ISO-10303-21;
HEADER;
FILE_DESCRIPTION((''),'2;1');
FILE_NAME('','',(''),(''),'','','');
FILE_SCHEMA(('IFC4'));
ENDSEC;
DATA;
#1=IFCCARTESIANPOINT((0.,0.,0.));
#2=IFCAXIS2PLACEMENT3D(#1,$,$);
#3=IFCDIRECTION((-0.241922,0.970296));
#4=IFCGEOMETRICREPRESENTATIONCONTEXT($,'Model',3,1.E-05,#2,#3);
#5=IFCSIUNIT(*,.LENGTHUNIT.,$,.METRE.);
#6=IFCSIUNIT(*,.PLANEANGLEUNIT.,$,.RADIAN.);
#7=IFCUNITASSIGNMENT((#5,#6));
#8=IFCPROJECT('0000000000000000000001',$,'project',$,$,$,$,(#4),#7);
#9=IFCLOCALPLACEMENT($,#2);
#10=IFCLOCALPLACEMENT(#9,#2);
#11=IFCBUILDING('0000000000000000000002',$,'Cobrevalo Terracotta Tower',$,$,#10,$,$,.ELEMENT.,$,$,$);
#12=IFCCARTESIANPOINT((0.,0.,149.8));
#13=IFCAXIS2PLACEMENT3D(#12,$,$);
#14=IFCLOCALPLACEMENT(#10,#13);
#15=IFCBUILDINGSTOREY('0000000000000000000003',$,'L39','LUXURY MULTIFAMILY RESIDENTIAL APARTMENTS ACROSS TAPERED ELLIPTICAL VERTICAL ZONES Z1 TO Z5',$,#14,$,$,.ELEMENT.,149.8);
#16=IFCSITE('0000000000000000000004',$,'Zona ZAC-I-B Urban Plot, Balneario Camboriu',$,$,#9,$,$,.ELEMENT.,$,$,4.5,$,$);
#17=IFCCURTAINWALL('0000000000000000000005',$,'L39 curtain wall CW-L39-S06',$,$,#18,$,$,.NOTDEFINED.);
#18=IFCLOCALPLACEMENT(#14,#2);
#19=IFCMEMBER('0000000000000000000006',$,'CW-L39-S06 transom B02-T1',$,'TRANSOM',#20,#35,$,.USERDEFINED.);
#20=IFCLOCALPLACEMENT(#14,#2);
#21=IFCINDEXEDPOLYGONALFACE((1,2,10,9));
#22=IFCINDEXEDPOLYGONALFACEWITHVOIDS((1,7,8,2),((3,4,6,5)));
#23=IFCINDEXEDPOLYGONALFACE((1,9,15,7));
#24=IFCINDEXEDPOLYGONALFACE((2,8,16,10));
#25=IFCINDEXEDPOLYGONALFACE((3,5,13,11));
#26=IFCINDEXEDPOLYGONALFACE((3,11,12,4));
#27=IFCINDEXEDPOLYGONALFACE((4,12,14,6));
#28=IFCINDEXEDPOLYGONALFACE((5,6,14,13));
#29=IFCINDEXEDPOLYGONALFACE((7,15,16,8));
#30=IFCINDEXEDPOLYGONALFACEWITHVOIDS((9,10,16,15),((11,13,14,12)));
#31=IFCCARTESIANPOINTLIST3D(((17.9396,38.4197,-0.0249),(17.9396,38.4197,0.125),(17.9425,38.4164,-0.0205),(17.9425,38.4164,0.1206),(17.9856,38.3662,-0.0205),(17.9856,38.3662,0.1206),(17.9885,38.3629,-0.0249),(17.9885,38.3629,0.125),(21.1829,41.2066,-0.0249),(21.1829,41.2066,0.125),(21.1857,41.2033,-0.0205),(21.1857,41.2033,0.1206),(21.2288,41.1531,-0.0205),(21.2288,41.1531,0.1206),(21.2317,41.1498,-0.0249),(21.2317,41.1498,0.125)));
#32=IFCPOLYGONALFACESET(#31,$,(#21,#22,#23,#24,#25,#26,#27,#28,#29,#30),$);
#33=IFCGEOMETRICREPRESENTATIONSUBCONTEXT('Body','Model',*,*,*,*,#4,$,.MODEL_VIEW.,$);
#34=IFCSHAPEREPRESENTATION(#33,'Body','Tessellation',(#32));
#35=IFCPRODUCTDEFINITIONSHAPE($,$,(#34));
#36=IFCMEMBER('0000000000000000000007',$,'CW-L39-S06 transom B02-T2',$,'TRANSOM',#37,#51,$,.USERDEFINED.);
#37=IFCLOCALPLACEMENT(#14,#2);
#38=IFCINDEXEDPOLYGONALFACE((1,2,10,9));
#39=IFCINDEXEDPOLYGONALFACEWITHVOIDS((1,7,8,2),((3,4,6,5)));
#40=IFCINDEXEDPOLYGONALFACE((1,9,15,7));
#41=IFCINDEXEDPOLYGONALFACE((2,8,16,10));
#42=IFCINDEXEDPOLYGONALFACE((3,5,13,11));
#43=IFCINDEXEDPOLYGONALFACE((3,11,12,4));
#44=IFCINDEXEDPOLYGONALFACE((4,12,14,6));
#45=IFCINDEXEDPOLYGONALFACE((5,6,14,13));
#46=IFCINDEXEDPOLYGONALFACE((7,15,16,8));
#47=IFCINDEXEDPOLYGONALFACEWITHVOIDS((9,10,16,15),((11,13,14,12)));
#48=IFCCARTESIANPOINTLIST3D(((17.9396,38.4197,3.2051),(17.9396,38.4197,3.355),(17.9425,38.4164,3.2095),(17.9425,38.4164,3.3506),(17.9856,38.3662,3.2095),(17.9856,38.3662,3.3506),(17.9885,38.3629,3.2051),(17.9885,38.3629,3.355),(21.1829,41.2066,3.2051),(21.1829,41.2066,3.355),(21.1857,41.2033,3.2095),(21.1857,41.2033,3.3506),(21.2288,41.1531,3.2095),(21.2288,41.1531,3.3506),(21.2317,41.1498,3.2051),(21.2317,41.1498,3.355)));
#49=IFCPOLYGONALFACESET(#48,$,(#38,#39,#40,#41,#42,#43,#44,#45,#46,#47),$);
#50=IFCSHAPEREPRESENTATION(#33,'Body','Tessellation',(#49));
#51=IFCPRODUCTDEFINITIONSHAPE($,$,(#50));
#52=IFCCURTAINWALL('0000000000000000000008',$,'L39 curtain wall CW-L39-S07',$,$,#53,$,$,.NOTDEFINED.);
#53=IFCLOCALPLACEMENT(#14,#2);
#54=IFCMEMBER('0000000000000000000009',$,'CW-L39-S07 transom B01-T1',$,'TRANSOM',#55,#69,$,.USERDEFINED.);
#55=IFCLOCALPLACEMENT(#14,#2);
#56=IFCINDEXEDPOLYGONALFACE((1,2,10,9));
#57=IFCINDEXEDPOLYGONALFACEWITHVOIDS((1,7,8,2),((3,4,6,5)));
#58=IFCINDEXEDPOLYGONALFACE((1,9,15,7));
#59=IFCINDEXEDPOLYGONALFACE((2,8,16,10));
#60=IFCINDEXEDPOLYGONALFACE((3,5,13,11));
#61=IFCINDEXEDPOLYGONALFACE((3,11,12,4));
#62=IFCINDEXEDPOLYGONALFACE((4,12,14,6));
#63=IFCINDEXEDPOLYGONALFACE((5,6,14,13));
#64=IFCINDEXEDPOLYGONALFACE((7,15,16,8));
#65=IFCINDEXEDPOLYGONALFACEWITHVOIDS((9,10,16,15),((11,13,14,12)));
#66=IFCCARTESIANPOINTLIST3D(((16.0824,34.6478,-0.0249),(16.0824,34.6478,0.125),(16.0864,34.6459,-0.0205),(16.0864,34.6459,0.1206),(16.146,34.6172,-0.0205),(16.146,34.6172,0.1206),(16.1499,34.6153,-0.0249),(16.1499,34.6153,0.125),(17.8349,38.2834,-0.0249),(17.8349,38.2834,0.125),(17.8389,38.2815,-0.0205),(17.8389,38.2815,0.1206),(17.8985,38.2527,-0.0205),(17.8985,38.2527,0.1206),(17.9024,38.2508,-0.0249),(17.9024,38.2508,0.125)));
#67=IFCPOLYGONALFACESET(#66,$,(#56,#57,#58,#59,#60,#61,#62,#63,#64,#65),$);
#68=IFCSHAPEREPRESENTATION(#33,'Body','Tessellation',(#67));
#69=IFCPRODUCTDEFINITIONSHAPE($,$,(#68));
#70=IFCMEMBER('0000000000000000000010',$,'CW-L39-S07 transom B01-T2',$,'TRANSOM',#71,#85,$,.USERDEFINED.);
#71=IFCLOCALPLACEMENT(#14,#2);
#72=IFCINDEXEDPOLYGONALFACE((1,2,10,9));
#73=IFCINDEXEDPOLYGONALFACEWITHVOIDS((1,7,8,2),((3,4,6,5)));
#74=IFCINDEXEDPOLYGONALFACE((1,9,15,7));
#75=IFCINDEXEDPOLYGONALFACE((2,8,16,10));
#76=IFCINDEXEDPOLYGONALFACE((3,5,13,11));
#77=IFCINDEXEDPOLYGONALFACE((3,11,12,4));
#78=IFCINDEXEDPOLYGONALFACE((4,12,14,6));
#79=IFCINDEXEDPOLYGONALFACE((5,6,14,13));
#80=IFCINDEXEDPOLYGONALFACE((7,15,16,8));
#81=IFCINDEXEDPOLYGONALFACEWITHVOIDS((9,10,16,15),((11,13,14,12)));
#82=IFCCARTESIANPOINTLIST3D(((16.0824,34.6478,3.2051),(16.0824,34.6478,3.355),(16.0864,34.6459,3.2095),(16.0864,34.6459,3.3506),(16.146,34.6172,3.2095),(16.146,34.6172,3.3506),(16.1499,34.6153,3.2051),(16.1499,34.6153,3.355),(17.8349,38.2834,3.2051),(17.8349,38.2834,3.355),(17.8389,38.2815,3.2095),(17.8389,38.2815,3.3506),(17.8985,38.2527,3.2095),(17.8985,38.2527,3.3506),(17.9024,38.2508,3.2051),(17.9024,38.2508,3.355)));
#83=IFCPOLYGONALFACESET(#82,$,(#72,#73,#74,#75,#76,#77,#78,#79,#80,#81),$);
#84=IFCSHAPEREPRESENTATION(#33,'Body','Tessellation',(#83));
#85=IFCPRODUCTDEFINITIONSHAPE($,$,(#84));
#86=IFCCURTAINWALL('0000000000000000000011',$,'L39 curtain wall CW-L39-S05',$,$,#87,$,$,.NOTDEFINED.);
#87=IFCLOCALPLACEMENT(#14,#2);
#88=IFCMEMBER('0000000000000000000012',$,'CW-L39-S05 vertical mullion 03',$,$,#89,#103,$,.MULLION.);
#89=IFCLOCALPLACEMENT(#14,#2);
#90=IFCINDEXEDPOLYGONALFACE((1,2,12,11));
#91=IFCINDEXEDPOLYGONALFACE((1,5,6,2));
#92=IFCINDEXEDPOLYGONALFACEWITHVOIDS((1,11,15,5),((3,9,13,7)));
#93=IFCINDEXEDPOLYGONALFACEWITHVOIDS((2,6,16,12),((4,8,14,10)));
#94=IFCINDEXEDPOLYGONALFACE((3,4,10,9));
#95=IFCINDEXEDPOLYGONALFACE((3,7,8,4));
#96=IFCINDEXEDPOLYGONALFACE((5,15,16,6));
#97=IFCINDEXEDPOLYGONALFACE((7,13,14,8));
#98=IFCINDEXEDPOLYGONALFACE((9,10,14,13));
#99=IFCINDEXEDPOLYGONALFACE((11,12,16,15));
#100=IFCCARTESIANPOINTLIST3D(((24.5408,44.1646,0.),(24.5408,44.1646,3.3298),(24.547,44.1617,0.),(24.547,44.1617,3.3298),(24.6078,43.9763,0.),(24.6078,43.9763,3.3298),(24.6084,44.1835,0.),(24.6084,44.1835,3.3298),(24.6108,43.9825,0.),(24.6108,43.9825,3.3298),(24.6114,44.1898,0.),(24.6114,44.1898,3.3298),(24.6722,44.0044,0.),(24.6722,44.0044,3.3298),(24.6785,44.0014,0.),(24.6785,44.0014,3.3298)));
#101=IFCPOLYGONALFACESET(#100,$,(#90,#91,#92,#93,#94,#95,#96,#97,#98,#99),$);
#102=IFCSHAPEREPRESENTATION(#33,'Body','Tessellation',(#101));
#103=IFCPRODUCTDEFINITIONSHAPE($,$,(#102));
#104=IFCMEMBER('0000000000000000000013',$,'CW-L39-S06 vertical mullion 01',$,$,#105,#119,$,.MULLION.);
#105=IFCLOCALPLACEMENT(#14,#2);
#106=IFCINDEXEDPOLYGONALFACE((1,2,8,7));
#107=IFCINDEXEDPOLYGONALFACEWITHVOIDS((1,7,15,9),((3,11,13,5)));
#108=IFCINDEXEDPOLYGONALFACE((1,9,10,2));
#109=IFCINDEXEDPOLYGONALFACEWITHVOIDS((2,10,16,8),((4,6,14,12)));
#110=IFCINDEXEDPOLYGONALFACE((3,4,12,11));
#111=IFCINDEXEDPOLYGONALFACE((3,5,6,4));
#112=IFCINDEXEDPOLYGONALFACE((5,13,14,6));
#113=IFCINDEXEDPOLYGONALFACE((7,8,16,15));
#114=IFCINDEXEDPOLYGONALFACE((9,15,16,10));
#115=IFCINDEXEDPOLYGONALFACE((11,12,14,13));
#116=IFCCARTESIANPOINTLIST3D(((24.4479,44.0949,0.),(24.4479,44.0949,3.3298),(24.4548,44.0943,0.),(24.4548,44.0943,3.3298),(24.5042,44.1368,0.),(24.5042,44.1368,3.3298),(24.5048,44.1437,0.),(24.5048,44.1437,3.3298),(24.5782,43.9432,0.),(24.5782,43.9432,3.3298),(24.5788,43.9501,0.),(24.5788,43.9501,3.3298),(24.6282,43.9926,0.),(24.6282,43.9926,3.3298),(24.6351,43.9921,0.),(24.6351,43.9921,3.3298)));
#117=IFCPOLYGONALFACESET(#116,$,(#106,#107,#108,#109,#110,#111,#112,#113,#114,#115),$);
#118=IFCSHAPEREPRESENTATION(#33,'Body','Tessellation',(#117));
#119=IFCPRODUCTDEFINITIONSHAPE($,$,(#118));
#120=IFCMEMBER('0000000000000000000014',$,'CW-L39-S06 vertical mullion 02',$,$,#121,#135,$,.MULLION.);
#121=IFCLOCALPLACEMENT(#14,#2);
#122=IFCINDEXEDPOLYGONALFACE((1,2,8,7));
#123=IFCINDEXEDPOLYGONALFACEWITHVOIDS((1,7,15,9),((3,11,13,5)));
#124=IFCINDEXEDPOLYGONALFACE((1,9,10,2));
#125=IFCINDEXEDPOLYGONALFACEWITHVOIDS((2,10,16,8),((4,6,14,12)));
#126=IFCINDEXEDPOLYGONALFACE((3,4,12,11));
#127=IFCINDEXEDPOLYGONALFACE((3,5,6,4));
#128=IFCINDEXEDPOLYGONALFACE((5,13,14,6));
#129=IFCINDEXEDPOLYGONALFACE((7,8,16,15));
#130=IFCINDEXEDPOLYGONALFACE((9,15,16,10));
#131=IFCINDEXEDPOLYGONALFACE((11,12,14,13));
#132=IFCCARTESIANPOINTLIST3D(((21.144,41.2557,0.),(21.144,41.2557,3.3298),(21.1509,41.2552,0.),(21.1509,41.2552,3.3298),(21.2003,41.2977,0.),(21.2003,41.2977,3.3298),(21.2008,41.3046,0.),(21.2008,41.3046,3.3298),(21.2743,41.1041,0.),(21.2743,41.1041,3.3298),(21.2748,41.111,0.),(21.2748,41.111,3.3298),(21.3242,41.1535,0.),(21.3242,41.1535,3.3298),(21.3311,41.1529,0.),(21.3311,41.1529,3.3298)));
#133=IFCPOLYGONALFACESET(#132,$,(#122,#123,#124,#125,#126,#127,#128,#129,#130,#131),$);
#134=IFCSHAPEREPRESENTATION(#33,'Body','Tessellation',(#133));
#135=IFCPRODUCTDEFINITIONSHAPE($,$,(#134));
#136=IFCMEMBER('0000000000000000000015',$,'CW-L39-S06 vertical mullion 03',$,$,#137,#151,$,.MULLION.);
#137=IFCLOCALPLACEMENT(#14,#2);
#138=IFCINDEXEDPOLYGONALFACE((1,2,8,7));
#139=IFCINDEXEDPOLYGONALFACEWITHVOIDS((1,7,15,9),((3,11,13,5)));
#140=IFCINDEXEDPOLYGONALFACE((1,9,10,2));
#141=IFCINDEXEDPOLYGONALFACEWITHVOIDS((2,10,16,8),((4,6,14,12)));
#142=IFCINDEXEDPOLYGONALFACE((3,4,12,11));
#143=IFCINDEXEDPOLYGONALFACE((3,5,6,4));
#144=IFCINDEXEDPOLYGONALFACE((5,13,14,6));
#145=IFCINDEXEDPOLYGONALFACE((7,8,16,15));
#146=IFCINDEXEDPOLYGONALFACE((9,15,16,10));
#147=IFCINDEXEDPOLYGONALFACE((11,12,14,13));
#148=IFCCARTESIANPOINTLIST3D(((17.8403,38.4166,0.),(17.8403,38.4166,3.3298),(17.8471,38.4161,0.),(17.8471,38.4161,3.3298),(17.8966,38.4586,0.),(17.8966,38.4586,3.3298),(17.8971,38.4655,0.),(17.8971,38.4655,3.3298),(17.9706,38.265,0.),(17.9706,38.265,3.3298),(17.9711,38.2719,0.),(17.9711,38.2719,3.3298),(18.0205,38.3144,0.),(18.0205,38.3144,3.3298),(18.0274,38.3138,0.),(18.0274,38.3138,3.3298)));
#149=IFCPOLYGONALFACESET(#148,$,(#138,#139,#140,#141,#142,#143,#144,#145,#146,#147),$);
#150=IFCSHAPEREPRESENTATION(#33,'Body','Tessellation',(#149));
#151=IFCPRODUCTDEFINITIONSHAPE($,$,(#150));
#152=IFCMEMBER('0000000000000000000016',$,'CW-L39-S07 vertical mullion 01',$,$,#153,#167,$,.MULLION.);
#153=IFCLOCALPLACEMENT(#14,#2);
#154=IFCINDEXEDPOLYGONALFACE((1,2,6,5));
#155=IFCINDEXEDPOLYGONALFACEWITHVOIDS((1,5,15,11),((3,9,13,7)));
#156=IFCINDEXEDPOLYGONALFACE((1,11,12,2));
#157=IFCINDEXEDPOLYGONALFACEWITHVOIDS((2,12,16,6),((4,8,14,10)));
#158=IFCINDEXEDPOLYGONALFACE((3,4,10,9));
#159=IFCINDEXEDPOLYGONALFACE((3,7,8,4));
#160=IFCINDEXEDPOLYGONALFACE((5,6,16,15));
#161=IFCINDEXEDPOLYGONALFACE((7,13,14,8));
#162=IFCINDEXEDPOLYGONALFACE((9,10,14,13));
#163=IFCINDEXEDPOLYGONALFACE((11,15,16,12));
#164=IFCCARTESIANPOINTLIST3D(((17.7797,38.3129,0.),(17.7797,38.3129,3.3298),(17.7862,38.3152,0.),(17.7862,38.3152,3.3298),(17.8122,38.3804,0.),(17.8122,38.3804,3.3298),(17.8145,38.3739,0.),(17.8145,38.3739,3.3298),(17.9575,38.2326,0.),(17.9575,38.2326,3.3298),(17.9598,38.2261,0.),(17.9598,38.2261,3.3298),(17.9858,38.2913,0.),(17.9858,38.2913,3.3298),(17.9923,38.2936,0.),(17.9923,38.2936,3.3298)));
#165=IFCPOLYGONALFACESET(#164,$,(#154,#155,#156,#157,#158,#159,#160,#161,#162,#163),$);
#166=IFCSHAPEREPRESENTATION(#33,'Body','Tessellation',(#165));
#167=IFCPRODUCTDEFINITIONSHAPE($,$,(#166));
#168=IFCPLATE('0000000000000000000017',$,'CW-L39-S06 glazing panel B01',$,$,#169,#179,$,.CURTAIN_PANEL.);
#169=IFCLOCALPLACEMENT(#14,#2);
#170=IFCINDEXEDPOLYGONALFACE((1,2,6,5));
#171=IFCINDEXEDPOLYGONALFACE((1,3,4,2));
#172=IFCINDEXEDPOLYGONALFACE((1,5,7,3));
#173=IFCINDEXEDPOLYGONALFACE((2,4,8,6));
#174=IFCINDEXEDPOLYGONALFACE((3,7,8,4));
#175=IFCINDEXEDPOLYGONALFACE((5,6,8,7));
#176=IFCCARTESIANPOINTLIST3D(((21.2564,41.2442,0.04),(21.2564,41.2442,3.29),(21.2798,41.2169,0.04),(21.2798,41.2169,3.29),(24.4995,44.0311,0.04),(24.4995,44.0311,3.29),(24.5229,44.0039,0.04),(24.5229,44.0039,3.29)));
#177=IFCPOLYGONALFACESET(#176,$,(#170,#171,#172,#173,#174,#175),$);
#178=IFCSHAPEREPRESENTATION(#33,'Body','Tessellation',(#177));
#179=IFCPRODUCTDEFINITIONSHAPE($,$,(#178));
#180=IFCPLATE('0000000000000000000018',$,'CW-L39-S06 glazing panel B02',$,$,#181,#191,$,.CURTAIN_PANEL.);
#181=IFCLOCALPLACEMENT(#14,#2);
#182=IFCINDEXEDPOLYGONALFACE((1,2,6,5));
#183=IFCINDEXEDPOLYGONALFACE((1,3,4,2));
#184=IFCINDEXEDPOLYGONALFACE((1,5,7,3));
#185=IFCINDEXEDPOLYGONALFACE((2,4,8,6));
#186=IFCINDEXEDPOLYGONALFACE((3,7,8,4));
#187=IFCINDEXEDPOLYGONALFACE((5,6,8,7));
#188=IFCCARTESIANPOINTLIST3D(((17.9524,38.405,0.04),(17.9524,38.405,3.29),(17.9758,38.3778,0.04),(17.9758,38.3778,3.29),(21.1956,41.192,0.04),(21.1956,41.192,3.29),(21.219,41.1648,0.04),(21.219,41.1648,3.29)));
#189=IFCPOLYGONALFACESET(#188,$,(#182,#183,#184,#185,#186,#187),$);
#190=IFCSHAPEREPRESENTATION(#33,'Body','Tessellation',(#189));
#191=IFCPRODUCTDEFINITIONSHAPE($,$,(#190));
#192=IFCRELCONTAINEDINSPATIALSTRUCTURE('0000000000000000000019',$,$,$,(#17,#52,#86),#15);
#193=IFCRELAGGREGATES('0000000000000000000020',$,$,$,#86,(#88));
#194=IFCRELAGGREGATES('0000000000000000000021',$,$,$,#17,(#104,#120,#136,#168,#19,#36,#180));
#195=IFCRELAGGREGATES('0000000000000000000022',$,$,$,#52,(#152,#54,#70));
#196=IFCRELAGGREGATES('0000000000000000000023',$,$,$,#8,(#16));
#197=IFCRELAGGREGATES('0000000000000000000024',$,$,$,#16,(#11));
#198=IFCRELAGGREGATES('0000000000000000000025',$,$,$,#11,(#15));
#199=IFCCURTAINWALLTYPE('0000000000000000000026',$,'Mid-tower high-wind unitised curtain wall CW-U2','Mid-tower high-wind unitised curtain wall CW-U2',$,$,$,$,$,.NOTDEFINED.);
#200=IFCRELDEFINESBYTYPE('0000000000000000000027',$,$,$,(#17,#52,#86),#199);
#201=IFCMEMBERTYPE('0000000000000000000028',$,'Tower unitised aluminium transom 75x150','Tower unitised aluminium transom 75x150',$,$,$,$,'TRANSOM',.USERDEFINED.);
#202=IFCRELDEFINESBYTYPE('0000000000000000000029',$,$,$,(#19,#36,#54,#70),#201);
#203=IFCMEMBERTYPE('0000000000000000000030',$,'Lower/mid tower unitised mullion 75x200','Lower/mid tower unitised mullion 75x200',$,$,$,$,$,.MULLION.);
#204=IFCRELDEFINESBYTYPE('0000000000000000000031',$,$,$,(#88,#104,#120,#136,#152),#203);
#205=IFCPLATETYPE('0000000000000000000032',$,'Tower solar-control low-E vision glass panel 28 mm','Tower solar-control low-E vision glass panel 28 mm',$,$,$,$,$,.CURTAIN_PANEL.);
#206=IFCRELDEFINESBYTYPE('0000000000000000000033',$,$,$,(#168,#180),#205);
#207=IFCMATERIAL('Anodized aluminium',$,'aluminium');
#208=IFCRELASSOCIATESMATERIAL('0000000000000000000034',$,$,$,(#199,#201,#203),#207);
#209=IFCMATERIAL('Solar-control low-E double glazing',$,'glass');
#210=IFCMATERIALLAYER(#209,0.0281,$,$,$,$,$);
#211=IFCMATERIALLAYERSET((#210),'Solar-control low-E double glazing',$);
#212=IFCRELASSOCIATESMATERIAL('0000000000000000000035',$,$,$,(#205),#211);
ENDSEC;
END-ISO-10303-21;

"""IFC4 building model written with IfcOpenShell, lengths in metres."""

from ifc_helpers import new_model, si_unit, direction, frame, origin, origin_2d, place, context, subcontext, project, spatial, rectangle, hollow_rectangle, extrude, source, transform, mapped, material, layer, layer_set, material_profile, profile_set, type_object, element, aggregate, save


model = new_model("IFC4")

# Units and contexts
model_context = context("Model", 3, precision=1e-05, world=origin(), true_north=direction((-0.241922, 0.970296)))
body_context = subcontext(model_context, "Body", "Model", "MODEL_VIEW")
ifc_project = project(units=[si_unit("LENGTHUNIT", "METRE"), si_unit("PLANEANGLEUNIT", "RADIAN")], contexts=[model_context])

# Site, building, storey
site_placement = place(None, origin())
site = spatial("IfcSite", under=ifc_project, at=site_placement, Name="Zona ZAC-I-B Urban Plot, Balneario Camboriu", CompositionType="ELEMENT", RefElevation=4.5)
building_placement = place(site_placement, origin())
building = spatial("IfcBuilding", under=site, at=building_placement, Name="Cobrevalo Terracotta Tower", CompositionType="ELEMENT")
storey_placement = place(building_placement, frame((0.0, 0.0, 149.8)))
storey = spatial("IfcBuildingStorey", under=building, at=storey_placement, Name="L39", Description="LUXURY MULTIFAMILY RESIDENTIAL APARTMENTS ACROSS TAPERED ELLIPTICAL VERTICAL ZONES Z1 TO Z5", CompositionType="ELEMENT", Elevation=149.8)

# Curtain walls, members
ifc_material_1 = material(Name="Anodized aluminium", Category="aluminium")
curtain_wall_type = type_object("IfcCurtainWallType", Name="Mid-tower high-wind unitised curtain wall CW-U2", Description="Mid-tower high-wind unitised curtain wall CW-U2", PredefinedType="NOTDEFINED", material=ifc_material_1)
curtain_wall_1_placement = place(storey_placement, origin())
curtain_wall_1 = element("IfcCurtainWall", 1, at=curtain_wall_1_placement, inside=storey, type_object=curtain_wall_type, Name="L39 curtain wall CW-L39-S06", PredefinedType="NOTDEFINED")
ifc_material_profile_1 = material_profile(ifc_material_1, hollow_rectangle(XDim=0.075, YDim=0.1499, WallThickness=0.0044, at=origin_2d()), Name="CWT 75x150")
ifc_profile_set_1 = profile_set([ifc_material_profile_1], Name="Anodized aluminium")
member_type_1 = type_object("IfcMemberType", Name="Tower unitised aluminium transom 75x150", Description="Tower unitised aluminium transom 75x150", ElementType="TRANSOM", PredefinedType="USERDEFINED", material=ifc_profile_set_1)
shared_shape_1 = source(origin(), body_context, "Body", "SweptSolid", [
    extrude(hollow_rectangle(XDim=0.075, YDim=0.1499, WallThickness=0.0044, at=origin_2d()), origin(), (0.0, 0.0, 1.0), 4.2761),
])
member_1_placement = place(storey_placement, frame((21.2073, 41.1782, 0.05), z_axis=(-0.758446, -0.651736, 0.0), x_axis=(0.651736, -0.758446, 0.0)))
member_1 = element("IfcMember", 2, at=member_1_placement, type_object=member_type_1, Name="CW-L39-S06 transom B02-T1", ObjectType="TRANSOM", PredefinedType="USERDEFINED", context=body_context, shape_type="MappedRepresentation", body=[
    mapped(shared_shape_1, transform((0.0, 0.0, 0.0), scale=1.0)),
])
member_2_placement = place(storey_placement, frame((21.2073, 41.1782, 3.28), z_axis=(-0.758446, -0.651736, 0.0), x_axis=(0.651736, -0.758446, 0.0)))
member_2 = element("IfcMember", 3, at=member_2_placement, type_object=member_type_1, Name="CW-L39-S06 transom B02-T2", ObjectType="TRANSOM", PredefinedType="USERDEFINED", context=body_context, shape_type="MappedRepresentation", body=[
    mapped(shared_shape_1, transform((0.0, 0.0, 0.0), scale=1.0)),
])
curtain_wall_2_placement = place(storey_placement, origin())
curtain_wall_2 = element("IfcCurtainWall", 4, at=curtain_wall_2_placement, inside=storey, type_object=curtain_wall_type, Name="L39 curtain wall CW-L39-S07", PredefinedType="NOTDEFINED")
shared_shape_2 = source(origin(), body_context, "Body", "SweptSolid", [
    extrude(hollow_rectangle(XDim=0.075, YDim=0.1499, WallThickness=0.0044, at=origin_2d()), origin(), (0.0, 0.0, 1.0), 4.0359),
])
member_3_placement = place(storey_placement, frame((17.8687, 38.2671, 0.05), z_axis=(-0.434221, -0.900806, 0.0), x_axis=(0.900806, -0.434221, 0.0)))
member_3 = element("IfcMember", 5, at=member_3_placement, type_object=member_type_1, Name="CW-L39-S07 transom B01-T1", ObjectType="TRANSOM", PredefinedType="USERDEFINED", context=body_context, shape_type="MappedRepresentation", body=[
    mapped(shared_shape_2, transform((0.0, 0.0, 0.0), scale=1.0)),
])
member_4_placement = place(storey_placement, frame((17.8687, 38.2671, 3.28), z_axis=(-0.434221, -0.900806, 0.0), x_axis=(0.900806, -0.434221, 0.0)))
member_4 = element("IfcMember", 6, at=member_4_placement, type_object=member_type_1, Name="CW-L39-S07 transom B01-T2", ObjectType="TRANSOM", PredefinedType="USERDEFINED", context=body_context, shape_type="MappedRepresentation", body=[
    mapped(shared_shape_2, transform((0.0, 0.0, 0.0), scale=1.0)),
])

# Curtain wall, member
curtain_wall_3_placement = place(storey_placement, origin())
curtain_wall_3 = element("IfcCurtainWall", 7, at=curtain_wall_3_placement, inside=storey, type_object=curtain_wall_type, Name="L39 curtain wall CW-L39-S05", PredefinedType="NOTDEFINED")
ifc_material_profile_2 = material_profile(ifc_material_1, hollow_rectangle(XDim=0.075, YDim=0.2, WallThickness=0.0049, at=origin_2d()), Name="CWM 75x200")
ifc_profile_set_2 = profile_set([ifc_material_profile_2], Name="Anodized aluminium")
member_type_2 = type_object("IfcMemberType", Name="Lower/mid tower unitised mullion 75x200", Description="Lower/mid tower unitised mullion 75x200", PredefinedType="MULLION", material=ifc_profile_set_2)
shared_shape_3 = source(origin(), body_context, "Body", "SweptSolid", [
    extrude(hollow_rectangle(XDim=0.075, YDim=0.2, WallThickness=0.0049, at=origin_2d()), origin(), (0.0, 0.0, 1.0), 3.3298),
])
member_5_placement = place(storey_placement, frame((24.6096, 44.083, 0.0), z_axis=(0.0, 0.0, 1.0), x_axis=(-0.942098, -0.335336, 0.0)))
member_5 = element("IfcMember", 8, at=member_5_placement, type_object=member_type_2, Name="CW-L39-S05 vertical mullion 03", PredefinedType="MULLION", context=body_context, shape_type="MappedRepresentation", body=[
    mapped(shared_shape_3, transform((0.0, 0.0, 0.0), scale=1.0)),
])
aggregate(curtain_wall_3, [member_5])

# Members
member_6_placement = place(storey_placement, frame((24.5415, 44.0435, 0.0), z_axis=(0.0, 0.0, 1.0), x_axis=(-0.758442, -0.651741, 0.0)))
member_6 = element("IfcMember", 9, at=member_6_placement, type_object=member_type_2, Name="CW-L39-S06 vertical mullion 01", PredefinedType="MULLION", context=body_context, shape_type="MappedRepresentation", body=[
    mapped(shared_shape_3, transform((0.0, 0.0, 0.0), scale=1.0)),
])
member_7_placement = place(storey_placement, frame((21.2375, 41.2043, 0.0), z_axis=(0.0, 0.0, 1.0), x_axis=(-0.758442, -0.651741, 0.0)))
member_7 = element("IfcMember", 10, at=member_7_placement, type_object=member_type_2, Name="CW-L39-S06 vertical mullion 02", PredefinedType="MULLION", context=body_context, shape_type="MappedRepresentation", body=[
    mapped(shared_shape_3, transform((0.0, 0.0, 0.0), scale=1.0)),
])
member_8_placement = place(storey_placement, frame((17.9338, 38.3652, 0.0), z_axis=(0.0, 0.0, 1.0), x_axis=(-0.758442, -0.651741, 0.0)))
member_8 = element("IfcMember", 11, at=member_8_placement, type_object=member_type_2, Name="CW-L39-S06 vertical mullion 03", PredefinedType="MULLION", context=body_context, shape_type="MappedRepresentation", body=[
    mapped(shared_shape_3, transform((0.0, 0.0, 0.0), scale=1.0)),
])
member_9_placement = place(storey_placement, frame((17.886, 38.3032, 0.0), z_axis=(0.0, 0.0, 1.0), x_axis=(-0.434209, -0.900812, 0.0)))
member_9 = element("IfcMember", 12, at=member_9_placement, type_object=member_type_2, Name="CW-L39-S07 vertical mullion 01", PredefinedType="MULLION", context=body_context, shape_type="MappedRepresentation", body=[
    mapped(shared_shape_3, transform((0.0, 0.0, 0.0), scale=1.0)),
])

# Plates
ifc_material_2 = material(Name="Solar-control low-E double glazing", Category="glass")
ifc_layer_1 = layer(ifc_material_2, 0.0281)
ifc_layer_set_1 = layer_set([ifc_layer_1], Name="Solar-control low-E double glazing")
plate_type = type_object("IfcPlateType", Name="Tower solar-control low-E vision glass panel 28 mm", Description="Tower solar-control low-E vision glass panel 28 mm", PredefinedType="CURTAIN_PANEL", material=ifc_layer_set_1)
shared_shape_4 = source(origin(), body_context, "Body", "SweptSolid", [
    extrude(rectangle(XDim=4.2761, YDim=0.0359, at=origin_2d()), origin(), (0.0, 0.0, 1.0), 3.25),
])
plate_1_placement = place(storey_placement, frame((22.8896, 42.624, 0.04), z_axis=(0.0, 0.0, 1.0), x_axis=(-0.758437, -0.651746, 0.0)))
plate_1 = element("IfcPlate", 13, at=plate_1_placement, type_object=plate_type, Name="CW-L39-S06 glazing panel B01", PredefinedType="CURTAIN_PANEL", context=body_context, shape_type="MappedRepresentation", body=[
    mapped(shared_shape_4, transform((0.0, 0.0, 0.0), scale=1.0)),
])
plate_2_placement = place(storey_placement, frame((19.5857, 39.7849, 0.04), z_axis=(0.0, 0.0, 1.0), x_axis=(-0.758437, -0.651746, 0.0)))
plate_2 = element("IfcPlate", 14, at=plate_2_placement, type_object=plate_type, Name="CW-L39-S06 glazing panel B02", PredefinedType="CURTAIN_PANEL", context=body_context, shape_type="MappedRepresentation", body=[
    mapped(shared_shape_4, transform((0.0, 0.0, 0.0), scale=1.0)),
])
aggregate(curtain_wall_1, [member_6, member_7, member_8, plate_1, member_1, member_2, plate_2])
aggregate(curtain_wall_2, [member_9, member_3, member_4])

save(model, "model.ifc")
